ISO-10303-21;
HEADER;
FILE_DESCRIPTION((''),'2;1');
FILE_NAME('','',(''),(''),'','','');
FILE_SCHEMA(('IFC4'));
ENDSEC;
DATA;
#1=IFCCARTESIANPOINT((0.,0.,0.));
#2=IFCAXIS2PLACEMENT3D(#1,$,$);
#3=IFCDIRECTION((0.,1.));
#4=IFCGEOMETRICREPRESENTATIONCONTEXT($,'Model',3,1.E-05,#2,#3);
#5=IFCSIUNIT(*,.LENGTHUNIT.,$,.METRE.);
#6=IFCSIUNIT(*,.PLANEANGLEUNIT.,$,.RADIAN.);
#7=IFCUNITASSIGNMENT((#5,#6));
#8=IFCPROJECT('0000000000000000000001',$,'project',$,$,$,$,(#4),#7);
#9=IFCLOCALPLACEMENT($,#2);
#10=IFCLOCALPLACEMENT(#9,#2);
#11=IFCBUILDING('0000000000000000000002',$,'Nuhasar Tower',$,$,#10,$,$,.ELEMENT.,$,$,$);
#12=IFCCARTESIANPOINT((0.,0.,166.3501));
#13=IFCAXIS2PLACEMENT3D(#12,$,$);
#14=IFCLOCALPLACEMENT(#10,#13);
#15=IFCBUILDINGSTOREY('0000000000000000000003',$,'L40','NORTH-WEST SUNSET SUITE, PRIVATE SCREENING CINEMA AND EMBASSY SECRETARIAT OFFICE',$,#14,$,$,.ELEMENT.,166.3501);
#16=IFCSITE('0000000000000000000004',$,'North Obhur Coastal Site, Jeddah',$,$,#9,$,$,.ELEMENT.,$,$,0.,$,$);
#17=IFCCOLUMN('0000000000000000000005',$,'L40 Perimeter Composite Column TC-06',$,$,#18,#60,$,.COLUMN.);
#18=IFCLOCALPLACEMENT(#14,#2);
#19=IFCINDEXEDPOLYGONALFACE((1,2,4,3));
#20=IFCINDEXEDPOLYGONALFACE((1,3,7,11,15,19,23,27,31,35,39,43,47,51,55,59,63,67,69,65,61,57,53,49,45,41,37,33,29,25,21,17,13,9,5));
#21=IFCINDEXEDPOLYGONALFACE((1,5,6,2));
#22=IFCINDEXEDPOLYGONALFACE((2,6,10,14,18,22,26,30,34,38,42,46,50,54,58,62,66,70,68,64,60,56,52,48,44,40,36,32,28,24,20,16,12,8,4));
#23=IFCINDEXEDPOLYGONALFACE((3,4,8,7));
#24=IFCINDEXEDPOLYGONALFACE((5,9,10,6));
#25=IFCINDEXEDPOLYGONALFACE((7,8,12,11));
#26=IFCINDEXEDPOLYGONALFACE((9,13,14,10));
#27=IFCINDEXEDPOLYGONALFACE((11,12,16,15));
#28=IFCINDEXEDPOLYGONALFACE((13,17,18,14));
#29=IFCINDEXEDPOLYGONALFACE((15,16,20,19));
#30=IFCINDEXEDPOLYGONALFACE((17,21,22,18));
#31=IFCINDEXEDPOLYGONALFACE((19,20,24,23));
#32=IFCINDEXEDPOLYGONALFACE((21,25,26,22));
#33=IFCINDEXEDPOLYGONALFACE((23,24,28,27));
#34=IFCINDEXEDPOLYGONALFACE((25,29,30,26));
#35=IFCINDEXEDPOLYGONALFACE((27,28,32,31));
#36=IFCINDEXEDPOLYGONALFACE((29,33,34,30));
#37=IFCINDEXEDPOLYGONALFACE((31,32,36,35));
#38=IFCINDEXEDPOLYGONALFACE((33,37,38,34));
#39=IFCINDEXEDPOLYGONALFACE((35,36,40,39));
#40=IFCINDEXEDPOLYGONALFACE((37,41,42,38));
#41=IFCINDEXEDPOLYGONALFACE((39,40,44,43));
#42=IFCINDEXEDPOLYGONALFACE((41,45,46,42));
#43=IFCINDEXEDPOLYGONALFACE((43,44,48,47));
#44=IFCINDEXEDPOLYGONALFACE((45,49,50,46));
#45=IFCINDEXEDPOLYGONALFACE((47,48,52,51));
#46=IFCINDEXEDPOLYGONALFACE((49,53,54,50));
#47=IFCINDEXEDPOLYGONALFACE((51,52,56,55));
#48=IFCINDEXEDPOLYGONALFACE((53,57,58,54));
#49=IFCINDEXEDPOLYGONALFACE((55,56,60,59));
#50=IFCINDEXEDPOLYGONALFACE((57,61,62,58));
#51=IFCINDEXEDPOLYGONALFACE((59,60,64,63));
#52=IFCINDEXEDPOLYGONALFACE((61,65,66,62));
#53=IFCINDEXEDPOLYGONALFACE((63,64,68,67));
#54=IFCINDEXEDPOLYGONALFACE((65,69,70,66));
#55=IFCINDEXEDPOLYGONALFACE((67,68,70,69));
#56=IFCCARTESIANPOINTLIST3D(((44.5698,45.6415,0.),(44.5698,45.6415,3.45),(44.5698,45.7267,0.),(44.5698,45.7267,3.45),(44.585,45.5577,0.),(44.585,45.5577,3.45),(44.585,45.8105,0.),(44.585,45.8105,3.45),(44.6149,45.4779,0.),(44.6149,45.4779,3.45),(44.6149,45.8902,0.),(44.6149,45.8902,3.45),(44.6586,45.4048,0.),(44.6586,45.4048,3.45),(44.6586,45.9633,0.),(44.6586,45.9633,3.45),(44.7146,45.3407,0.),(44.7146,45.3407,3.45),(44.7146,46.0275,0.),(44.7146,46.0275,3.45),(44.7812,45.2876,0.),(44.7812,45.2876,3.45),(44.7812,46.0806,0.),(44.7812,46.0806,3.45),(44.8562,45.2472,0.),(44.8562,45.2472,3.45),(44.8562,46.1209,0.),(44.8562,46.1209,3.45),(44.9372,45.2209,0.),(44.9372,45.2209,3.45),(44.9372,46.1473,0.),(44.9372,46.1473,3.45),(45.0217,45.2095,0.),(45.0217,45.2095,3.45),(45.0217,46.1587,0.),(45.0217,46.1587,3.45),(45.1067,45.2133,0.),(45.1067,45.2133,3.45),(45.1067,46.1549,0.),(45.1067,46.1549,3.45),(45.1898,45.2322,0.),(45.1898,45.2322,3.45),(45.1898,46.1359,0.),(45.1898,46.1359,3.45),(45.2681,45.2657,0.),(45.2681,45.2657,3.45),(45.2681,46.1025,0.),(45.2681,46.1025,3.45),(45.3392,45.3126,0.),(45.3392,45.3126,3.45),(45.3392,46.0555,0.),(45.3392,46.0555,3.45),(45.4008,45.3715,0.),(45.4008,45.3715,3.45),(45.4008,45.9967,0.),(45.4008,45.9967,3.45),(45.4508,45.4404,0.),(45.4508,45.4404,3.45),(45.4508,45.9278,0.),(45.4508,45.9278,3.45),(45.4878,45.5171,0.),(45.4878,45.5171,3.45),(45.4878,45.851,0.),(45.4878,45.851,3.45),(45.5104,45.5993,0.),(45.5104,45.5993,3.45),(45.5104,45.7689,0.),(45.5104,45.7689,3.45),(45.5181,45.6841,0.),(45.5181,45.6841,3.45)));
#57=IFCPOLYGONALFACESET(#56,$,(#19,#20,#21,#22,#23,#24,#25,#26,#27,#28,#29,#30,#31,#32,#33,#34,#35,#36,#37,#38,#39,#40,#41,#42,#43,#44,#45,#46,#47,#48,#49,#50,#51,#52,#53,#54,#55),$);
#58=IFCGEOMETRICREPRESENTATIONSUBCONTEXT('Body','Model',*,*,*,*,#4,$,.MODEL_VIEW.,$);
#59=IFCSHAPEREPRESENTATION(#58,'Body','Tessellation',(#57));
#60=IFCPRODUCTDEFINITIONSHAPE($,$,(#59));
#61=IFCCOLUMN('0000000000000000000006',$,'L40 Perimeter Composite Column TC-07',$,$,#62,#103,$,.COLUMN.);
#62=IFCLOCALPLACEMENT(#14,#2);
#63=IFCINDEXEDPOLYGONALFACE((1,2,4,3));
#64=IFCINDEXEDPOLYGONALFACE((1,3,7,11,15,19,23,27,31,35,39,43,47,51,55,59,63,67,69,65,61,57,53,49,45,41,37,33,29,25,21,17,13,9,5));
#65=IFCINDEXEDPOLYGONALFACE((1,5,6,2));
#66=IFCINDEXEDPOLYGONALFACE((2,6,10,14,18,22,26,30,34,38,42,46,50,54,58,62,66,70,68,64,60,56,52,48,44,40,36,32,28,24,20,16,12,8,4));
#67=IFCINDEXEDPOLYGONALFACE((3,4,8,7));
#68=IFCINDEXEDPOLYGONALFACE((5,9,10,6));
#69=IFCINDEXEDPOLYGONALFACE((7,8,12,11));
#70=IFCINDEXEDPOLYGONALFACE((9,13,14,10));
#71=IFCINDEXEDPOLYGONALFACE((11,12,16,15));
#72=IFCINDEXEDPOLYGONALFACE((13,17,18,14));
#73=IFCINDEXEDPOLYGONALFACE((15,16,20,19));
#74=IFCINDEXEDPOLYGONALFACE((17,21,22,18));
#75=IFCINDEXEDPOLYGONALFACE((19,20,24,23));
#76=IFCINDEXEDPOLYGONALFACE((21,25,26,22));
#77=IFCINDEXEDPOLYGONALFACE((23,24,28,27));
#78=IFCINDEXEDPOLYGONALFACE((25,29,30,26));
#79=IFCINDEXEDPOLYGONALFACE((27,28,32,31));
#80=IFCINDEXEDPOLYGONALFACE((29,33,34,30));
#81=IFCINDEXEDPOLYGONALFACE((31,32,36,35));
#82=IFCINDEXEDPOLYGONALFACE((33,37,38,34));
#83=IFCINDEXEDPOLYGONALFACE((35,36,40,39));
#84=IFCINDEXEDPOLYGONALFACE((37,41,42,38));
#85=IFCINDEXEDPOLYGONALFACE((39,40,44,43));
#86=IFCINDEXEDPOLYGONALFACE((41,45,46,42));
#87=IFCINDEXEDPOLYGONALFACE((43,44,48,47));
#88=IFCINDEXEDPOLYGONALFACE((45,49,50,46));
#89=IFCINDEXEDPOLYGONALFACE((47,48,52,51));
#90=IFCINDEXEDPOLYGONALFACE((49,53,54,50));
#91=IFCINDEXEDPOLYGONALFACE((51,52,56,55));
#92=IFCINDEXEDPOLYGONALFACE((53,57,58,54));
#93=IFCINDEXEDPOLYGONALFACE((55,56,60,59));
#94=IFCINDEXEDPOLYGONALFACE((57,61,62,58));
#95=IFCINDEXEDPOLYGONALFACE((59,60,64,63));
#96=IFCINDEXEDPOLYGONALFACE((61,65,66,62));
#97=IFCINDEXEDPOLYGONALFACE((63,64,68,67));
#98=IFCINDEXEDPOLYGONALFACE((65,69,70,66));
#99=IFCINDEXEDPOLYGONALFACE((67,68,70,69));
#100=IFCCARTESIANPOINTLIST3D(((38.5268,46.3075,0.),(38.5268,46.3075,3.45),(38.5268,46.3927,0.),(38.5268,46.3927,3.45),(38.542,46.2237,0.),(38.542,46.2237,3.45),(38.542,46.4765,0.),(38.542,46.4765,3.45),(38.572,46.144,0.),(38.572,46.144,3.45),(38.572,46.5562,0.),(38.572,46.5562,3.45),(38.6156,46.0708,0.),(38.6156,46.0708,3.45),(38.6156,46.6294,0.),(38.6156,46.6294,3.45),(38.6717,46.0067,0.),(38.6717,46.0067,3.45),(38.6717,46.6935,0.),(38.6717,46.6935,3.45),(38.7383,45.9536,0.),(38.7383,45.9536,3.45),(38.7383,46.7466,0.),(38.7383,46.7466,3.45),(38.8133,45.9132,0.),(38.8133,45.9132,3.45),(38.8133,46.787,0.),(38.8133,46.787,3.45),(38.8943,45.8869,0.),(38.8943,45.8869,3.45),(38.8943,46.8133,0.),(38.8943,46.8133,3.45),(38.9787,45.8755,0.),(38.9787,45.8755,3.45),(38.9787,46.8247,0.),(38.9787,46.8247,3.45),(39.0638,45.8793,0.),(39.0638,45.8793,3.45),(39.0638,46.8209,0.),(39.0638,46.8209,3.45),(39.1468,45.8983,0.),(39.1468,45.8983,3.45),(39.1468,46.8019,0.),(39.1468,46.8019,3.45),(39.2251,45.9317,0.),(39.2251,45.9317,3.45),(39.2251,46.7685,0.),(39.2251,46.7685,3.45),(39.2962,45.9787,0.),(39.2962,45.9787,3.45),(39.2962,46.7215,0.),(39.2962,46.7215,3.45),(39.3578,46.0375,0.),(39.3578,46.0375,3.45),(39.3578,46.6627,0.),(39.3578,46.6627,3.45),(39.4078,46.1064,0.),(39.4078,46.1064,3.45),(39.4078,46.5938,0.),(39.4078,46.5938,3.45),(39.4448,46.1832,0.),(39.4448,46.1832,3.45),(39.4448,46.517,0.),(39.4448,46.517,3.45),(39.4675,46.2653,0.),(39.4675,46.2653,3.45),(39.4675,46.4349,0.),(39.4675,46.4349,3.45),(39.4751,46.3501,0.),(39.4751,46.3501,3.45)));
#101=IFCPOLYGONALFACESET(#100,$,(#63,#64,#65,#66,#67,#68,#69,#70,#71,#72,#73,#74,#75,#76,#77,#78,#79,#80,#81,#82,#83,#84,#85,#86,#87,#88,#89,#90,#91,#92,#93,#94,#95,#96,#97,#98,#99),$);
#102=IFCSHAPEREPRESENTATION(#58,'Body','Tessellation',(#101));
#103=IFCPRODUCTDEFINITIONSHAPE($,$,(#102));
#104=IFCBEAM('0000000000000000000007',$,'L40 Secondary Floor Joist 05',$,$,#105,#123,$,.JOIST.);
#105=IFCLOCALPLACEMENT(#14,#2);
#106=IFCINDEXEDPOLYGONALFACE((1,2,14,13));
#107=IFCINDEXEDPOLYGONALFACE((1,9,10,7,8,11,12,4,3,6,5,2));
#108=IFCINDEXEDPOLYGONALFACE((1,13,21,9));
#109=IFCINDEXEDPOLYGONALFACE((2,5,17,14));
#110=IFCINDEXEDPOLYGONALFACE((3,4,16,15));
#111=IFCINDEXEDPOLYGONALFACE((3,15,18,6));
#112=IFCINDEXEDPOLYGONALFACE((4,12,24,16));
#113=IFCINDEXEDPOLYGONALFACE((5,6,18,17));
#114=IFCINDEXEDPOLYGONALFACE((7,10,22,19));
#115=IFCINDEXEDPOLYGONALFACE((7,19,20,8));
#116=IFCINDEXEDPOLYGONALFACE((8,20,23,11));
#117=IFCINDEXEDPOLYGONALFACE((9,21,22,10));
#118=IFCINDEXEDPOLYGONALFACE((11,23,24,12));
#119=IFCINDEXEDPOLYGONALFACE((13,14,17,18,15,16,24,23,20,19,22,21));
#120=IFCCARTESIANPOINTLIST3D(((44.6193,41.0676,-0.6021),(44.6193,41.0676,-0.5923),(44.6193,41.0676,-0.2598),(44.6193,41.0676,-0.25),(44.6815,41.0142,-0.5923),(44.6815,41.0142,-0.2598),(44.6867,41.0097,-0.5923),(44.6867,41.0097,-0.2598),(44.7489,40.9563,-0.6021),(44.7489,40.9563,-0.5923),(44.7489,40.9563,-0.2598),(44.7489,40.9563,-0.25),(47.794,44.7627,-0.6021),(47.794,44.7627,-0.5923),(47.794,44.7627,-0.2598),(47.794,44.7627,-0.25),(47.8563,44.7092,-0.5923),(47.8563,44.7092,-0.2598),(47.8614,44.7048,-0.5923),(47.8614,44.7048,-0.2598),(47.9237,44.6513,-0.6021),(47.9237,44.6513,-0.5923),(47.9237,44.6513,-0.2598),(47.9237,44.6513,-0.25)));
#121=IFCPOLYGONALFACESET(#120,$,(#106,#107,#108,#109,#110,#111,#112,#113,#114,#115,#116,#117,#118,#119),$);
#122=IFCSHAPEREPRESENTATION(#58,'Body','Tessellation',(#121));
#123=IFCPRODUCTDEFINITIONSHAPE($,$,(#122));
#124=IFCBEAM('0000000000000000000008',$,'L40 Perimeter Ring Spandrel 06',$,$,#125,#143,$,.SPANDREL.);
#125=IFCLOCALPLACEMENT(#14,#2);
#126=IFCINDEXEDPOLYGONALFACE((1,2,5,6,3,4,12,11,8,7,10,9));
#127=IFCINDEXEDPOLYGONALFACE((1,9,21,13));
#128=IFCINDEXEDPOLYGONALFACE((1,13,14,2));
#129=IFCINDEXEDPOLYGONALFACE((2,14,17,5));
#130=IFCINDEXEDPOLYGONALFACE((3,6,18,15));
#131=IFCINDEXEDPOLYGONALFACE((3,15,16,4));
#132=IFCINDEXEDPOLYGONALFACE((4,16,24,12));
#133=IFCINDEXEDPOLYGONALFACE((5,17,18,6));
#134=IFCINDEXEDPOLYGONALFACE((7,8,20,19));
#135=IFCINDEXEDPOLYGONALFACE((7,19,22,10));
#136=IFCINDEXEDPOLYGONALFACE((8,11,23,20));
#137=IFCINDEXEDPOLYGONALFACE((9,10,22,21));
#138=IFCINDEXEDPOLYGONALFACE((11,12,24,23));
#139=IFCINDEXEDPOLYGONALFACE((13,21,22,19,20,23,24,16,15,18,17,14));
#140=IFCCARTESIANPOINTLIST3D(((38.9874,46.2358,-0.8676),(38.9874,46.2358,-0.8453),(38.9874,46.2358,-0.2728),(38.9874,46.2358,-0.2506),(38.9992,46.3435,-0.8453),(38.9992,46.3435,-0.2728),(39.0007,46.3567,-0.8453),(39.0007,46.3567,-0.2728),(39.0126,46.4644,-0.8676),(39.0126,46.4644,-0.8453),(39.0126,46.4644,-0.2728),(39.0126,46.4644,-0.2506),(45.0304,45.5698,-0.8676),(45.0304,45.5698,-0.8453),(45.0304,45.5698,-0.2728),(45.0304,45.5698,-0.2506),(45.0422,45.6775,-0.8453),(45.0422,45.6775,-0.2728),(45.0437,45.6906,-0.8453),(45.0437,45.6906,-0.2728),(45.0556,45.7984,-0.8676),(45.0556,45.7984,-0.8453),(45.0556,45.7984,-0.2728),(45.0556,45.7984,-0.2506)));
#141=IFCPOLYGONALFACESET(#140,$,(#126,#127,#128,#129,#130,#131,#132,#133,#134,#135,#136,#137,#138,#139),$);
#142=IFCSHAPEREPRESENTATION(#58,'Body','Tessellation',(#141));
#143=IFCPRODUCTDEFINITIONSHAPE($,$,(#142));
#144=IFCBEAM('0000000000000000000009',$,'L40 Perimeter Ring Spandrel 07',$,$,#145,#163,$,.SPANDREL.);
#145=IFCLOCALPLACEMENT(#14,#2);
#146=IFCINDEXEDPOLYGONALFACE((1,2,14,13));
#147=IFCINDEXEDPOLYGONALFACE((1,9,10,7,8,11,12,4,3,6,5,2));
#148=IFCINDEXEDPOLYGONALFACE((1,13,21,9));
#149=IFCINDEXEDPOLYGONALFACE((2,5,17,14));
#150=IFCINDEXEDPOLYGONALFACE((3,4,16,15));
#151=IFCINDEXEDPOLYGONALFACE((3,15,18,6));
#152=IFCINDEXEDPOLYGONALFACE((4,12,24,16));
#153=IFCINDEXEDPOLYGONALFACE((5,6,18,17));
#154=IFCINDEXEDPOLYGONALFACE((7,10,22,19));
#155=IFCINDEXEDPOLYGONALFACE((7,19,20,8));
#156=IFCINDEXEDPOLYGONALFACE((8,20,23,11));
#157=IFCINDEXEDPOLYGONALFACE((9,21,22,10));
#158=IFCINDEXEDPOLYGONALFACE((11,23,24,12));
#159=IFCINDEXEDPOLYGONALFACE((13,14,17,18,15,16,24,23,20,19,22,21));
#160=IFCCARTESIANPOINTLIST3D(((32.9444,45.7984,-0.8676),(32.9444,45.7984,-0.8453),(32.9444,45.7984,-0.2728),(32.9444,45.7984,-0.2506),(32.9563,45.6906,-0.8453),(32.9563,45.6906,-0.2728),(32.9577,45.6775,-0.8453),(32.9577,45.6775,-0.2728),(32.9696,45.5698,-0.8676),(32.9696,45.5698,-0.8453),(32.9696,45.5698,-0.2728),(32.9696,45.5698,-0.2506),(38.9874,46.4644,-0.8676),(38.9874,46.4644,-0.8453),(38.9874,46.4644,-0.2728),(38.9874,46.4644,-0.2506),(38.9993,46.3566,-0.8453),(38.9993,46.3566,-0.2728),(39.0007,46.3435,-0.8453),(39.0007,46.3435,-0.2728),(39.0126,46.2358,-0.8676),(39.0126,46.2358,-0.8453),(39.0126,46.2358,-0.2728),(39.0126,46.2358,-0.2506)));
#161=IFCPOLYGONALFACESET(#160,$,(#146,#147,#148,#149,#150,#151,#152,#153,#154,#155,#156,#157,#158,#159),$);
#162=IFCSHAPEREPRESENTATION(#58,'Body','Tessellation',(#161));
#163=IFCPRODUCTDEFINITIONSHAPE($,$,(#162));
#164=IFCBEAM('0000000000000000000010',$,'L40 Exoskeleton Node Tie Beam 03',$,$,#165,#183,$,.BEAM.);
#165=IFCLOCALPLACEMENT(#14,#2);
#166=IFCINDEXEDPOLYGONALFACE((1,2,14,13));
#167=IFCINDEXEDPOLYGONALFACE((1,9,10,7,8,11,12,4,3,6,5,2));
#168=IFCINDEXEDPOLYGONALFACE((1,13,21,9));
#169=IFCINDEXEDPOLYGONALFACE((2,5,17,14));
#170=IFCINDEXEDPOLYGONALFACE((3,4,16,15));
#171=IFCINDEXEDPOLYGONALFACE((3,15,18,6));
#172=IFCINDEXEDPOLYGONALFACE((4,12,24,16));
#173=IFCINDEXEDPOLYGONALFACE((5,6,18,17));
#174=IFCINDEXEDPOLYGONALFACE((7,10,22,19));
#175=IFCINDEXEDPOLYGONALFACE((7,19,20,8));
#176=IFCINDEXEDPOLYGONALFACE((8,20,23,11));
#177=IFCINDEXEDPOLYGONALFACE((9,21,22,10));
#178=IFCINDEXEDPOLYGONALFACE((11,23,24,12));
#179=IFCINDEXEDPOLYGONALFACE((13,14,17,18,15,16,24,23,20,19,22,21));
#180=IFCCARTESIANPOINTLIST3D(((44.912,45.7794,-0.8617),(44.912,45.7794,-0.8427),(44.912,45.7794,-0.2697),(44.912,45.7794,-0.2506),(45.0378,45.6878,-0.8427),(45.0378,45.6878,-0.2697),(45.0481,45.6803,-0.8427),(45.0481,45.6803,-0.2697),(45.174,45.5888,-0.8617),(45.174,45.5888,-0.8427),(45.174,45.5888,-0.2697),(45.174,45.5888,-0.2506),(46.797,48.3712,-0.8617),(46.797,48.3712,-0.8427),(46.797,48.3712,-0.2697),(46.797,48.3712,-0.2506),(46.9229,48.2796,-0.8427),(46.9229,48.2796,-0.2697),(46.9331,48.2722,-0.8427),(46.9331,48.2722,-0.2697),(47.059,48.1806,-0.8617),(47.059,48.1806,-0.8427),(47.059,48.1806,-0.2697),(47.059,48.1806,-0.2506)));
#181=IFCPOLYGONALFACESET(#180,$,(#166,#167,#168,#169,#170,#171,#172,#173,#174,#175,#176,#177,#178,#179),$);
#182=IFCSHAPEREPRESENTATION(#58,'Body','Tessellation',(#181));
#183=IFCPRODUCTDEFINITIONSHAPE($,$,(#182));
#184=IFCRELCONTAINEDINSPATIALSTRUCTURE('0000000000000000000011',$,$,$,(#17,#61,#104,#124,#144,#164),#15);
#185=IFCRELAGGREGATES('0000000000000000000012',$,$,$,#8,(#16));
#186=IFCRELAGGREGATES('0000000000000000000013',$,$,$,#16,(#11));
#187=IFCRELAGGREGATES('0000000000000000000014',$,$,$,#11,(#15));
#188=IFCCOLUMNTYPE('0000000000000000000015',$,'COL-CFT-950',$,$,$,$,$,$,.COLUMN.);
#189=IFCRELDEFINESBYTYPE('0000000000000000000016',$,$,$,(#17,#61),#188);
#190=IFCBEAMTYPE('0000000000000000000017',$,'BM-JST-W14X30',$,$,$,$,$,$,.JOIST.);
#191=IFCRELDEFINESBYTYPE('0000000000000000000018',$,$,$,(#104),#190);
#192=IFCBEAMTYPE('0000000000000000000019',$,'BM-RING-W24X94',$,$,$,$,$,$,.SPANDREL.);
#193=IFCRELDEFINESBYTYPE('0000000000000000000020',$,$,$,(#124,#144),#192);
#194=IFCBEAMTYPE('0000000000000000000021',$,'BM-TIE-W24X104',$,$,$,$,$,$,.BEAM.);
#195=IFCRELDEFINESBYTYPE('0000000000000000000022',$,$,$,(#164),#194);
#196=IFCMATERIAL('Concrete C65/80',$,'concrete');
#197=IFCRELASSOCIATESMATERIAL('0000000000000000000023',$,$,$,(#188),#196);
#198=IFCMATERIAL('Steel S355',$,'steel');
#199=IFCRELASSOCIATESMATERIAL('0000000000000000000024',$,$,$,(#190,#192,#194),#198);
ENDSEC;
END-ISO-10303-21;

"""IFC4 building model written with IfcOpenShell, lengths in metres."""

from ifc_helpers import new_model, si_unit, direction, frame, origin, origin_2d, place, context, subcontext, project, spatial, circle, i_section, extrude, material, material_profile, profile_set, type_object, element, save


model = new_model("IFC4")

# Units and contexts
model_context = context("Model", 3, precision=1e-05, world=origin(), true_north=direction((0.0, 1.0)))
body_context = subcontext(model_context, "Body", "Model", "MODEL_VIEW")
ifc_project = project(units=[si_unit("LENGTHUNIT", "METRE"), si_unit("PLANEANGLEUNIT", "RADIAN")], contexts=[model_context])

# Site, building, storey
site_placement = place(None, origin())
site = spatial("IfcSite", under=ifc_project, at=site_placement, Name="North Obhur Coastal Site, Jeddah", CompositionType="ELEMENT", RefElevation=0.0)
building_placement = place(site_placement, origin())
building = spatial("IfcBuilding", under=site, at=building_placement, Name="Nuhasar Tower", CompositionType="ELEMENT")
storey_placement = place(building_placement, frame((0.0, 0.0, 166.3501)))
storey = spatial("IfcBuildingStorey", under=building, at=storey_placement, Name="L40", Description="NORTH-WEST SUNSET SUITE, PRIVATE SCREENING CINEMA AND EMBASSY SECRETARIAT OFFICE", CompositionType="ELEMENT", Elevation=166.3501)

# Columns
ifc_material_1 = material(Name="Concrete C65/80", Category="concrete")
ifc_material_profile_1 = material_profile(ifc_material_1, circle(Radius=0.4751, at=origin_2d()), Name="CFT950")
ifc_profile_set_1 = profile_set([ifc_material_profile_1], Name="Concrete C65/80")
column_type = type_object("IfcColumnType", Name="COL-CFT-950", PredefinedType="COLUMN", material=ifc_profile_set_1)
for number, where, z_axis, x_axis, name in (
    (1, (45.043, 45.6841, 0.0), (0.0, 0.0, 1.0), (1.0, 0.0, 0.0), "L40 Perimeter Composite Column TC-06"),
    (2, (39.0, 46.3501, 0.0), (0.0, 0.0, 1.0), (1.0, 0.0, 0.0), "L40 Perimeter Composite Column TC-07"),
):
    element("IfcColumn", number, at=place(storey_placement, frame(where, z_axis=z_axis, x_axis=x_axis)), inside=storey, type_object=column_type, Name=name, PredefinedType="COLUMN", context=body_context, shape_type="SweptSolid", body=[
        extrude(circle(Radius=0.4751, at=origin_2d()), origin(), (0.0, 0.0, 1.0), 3.45),
    ])

# Beams
ifc_material_2 = material(Name="Steel S355", Category="steel")
ifc_material_profile_2 = material_profile(ifc_material_2, i_section(OverallWidth=0.1709, OverallDepth=0.3521, WebThickness=0.0068, FlangeThickness=0.0098, at=origin_2d()), Name="W14X30")
ifc_profile_set_2 = profile_set([ifc_material_profile_2], Name="Steel S355")
beam_type_1 = type_object("IfcBeamType", Name="BM-JST-W14X30", PredefinedType="JOIST", material=ifc_profile_set_2)
beam_1_placement = place(storey_placement, frame((44.6841, 41.012, -0.426), z_axis=(0.651691, 0.758485, 0.0), x_axis=(-0.758485, 0.651691, 0.0)))
element("IfcBeam", 3, at=beam_1_placement, inside=storey, type_object=beam_type_1, Name="L40 Secondary Floor Joist 05", PredefinedType="JOIST", context=body_context, shape_type="SweptSolid", body=[
    extrude(i_section(OverallWidth=0.1709, OverallDepth=0.3521, WebThickness=0.0068, FlangeThickness=0.0098, at=origin_2d()), origin(), (0.0, 0.0, 1.0), 4.8716),
])
ifc_material_profile_3 = material_profile(ifc_material_2, i_section(OverallWidth=0.23, OverallDepth=0.6169, WebThickness=0.0132, FlangeThickness=0.0222, at=origin_2d()), Name="W24X94")
ifc_profile_set_3 = profile_set([ifc_material_profile_3], Name="Steel S355")
beam_type_2 = type_object("IfcBeamType", Name="BM-RING-W24X94", PredefinedType="SPANDREL", material=ifc_profile_set_3)
for number, where, z_axis, x_axis, name in (
    (4, (45.043, 45.6841, -0.5591), (-0.993981, 0.10955, 0.0), (-0.10955, -0.993981, 0.0), "L40 Perimeter Ring Spandrel 06"),
    (5, (39.0, 46.3501, -0.5591), (-0.993981, -0.10955, 0.0), (0.10955, -0.993981, 0.0), "L40 Perimeter Ring Spandrel 07"),
):
    element("IfcBeam", number, at=place(storey_placement, frame(where, z_axis=z_axis, x_axis=x_axis)), inside=storey, type_object=beam_type_2, Name=name, PredefinedType="SPANDREL", context=body_context, shape_type="SweptSolid", body=[
        extrude(i_section(OverallWidth=0.23, OverallDepth=0.6169, WebThickness=0.0132, FlangeThickness=0.0222, at=origin_2d()), origin(), (0.0, 0.0, 1.0), 6.0796),
    ])
ifc_material_profile_4 = material_profile(ifc_material_2, i_section(OverallWidth=0.324, OverallDepth=0.6111, WebThickness=0.0127, FlangeThickness=0.019, at=origin_2d()), Name="W24X104")
ifc_profile_set_4 = profile_set([ifc_material_profile_4], Name="Steel S355")
beam_type_3 = type_object("IfcBeamType", Name="BM-TIE-W24X104", PredefinedType="BEAM", material=ifc_profile_set_4)
beam_2_placement = place(storey_placement, frame((45.043, 45.6841, -0.5562), z_axis=(0.588185, 0.808726, 0.0), x_axis=(-0.808726, 0.588185, 0.0)))
element("IfcBeam", 6, at=beam_2_placement, inside=storey, type_object=beam_type_3, Name="L40 Exoskeleton Node Tie Beam 03", PredefinedType="BEAM", context=body_context, shape_type="SweptSolid", body=[
    extrude(i_section(OverallWidth=0.324, OverallDepth=0.6111, WebThickness=0.0127, FlangeThickness=0.019, at=origin_2d()), origin(), (0.0, 0.0, 1.0), 3.2048),
])

save(model, "model.ifc")
